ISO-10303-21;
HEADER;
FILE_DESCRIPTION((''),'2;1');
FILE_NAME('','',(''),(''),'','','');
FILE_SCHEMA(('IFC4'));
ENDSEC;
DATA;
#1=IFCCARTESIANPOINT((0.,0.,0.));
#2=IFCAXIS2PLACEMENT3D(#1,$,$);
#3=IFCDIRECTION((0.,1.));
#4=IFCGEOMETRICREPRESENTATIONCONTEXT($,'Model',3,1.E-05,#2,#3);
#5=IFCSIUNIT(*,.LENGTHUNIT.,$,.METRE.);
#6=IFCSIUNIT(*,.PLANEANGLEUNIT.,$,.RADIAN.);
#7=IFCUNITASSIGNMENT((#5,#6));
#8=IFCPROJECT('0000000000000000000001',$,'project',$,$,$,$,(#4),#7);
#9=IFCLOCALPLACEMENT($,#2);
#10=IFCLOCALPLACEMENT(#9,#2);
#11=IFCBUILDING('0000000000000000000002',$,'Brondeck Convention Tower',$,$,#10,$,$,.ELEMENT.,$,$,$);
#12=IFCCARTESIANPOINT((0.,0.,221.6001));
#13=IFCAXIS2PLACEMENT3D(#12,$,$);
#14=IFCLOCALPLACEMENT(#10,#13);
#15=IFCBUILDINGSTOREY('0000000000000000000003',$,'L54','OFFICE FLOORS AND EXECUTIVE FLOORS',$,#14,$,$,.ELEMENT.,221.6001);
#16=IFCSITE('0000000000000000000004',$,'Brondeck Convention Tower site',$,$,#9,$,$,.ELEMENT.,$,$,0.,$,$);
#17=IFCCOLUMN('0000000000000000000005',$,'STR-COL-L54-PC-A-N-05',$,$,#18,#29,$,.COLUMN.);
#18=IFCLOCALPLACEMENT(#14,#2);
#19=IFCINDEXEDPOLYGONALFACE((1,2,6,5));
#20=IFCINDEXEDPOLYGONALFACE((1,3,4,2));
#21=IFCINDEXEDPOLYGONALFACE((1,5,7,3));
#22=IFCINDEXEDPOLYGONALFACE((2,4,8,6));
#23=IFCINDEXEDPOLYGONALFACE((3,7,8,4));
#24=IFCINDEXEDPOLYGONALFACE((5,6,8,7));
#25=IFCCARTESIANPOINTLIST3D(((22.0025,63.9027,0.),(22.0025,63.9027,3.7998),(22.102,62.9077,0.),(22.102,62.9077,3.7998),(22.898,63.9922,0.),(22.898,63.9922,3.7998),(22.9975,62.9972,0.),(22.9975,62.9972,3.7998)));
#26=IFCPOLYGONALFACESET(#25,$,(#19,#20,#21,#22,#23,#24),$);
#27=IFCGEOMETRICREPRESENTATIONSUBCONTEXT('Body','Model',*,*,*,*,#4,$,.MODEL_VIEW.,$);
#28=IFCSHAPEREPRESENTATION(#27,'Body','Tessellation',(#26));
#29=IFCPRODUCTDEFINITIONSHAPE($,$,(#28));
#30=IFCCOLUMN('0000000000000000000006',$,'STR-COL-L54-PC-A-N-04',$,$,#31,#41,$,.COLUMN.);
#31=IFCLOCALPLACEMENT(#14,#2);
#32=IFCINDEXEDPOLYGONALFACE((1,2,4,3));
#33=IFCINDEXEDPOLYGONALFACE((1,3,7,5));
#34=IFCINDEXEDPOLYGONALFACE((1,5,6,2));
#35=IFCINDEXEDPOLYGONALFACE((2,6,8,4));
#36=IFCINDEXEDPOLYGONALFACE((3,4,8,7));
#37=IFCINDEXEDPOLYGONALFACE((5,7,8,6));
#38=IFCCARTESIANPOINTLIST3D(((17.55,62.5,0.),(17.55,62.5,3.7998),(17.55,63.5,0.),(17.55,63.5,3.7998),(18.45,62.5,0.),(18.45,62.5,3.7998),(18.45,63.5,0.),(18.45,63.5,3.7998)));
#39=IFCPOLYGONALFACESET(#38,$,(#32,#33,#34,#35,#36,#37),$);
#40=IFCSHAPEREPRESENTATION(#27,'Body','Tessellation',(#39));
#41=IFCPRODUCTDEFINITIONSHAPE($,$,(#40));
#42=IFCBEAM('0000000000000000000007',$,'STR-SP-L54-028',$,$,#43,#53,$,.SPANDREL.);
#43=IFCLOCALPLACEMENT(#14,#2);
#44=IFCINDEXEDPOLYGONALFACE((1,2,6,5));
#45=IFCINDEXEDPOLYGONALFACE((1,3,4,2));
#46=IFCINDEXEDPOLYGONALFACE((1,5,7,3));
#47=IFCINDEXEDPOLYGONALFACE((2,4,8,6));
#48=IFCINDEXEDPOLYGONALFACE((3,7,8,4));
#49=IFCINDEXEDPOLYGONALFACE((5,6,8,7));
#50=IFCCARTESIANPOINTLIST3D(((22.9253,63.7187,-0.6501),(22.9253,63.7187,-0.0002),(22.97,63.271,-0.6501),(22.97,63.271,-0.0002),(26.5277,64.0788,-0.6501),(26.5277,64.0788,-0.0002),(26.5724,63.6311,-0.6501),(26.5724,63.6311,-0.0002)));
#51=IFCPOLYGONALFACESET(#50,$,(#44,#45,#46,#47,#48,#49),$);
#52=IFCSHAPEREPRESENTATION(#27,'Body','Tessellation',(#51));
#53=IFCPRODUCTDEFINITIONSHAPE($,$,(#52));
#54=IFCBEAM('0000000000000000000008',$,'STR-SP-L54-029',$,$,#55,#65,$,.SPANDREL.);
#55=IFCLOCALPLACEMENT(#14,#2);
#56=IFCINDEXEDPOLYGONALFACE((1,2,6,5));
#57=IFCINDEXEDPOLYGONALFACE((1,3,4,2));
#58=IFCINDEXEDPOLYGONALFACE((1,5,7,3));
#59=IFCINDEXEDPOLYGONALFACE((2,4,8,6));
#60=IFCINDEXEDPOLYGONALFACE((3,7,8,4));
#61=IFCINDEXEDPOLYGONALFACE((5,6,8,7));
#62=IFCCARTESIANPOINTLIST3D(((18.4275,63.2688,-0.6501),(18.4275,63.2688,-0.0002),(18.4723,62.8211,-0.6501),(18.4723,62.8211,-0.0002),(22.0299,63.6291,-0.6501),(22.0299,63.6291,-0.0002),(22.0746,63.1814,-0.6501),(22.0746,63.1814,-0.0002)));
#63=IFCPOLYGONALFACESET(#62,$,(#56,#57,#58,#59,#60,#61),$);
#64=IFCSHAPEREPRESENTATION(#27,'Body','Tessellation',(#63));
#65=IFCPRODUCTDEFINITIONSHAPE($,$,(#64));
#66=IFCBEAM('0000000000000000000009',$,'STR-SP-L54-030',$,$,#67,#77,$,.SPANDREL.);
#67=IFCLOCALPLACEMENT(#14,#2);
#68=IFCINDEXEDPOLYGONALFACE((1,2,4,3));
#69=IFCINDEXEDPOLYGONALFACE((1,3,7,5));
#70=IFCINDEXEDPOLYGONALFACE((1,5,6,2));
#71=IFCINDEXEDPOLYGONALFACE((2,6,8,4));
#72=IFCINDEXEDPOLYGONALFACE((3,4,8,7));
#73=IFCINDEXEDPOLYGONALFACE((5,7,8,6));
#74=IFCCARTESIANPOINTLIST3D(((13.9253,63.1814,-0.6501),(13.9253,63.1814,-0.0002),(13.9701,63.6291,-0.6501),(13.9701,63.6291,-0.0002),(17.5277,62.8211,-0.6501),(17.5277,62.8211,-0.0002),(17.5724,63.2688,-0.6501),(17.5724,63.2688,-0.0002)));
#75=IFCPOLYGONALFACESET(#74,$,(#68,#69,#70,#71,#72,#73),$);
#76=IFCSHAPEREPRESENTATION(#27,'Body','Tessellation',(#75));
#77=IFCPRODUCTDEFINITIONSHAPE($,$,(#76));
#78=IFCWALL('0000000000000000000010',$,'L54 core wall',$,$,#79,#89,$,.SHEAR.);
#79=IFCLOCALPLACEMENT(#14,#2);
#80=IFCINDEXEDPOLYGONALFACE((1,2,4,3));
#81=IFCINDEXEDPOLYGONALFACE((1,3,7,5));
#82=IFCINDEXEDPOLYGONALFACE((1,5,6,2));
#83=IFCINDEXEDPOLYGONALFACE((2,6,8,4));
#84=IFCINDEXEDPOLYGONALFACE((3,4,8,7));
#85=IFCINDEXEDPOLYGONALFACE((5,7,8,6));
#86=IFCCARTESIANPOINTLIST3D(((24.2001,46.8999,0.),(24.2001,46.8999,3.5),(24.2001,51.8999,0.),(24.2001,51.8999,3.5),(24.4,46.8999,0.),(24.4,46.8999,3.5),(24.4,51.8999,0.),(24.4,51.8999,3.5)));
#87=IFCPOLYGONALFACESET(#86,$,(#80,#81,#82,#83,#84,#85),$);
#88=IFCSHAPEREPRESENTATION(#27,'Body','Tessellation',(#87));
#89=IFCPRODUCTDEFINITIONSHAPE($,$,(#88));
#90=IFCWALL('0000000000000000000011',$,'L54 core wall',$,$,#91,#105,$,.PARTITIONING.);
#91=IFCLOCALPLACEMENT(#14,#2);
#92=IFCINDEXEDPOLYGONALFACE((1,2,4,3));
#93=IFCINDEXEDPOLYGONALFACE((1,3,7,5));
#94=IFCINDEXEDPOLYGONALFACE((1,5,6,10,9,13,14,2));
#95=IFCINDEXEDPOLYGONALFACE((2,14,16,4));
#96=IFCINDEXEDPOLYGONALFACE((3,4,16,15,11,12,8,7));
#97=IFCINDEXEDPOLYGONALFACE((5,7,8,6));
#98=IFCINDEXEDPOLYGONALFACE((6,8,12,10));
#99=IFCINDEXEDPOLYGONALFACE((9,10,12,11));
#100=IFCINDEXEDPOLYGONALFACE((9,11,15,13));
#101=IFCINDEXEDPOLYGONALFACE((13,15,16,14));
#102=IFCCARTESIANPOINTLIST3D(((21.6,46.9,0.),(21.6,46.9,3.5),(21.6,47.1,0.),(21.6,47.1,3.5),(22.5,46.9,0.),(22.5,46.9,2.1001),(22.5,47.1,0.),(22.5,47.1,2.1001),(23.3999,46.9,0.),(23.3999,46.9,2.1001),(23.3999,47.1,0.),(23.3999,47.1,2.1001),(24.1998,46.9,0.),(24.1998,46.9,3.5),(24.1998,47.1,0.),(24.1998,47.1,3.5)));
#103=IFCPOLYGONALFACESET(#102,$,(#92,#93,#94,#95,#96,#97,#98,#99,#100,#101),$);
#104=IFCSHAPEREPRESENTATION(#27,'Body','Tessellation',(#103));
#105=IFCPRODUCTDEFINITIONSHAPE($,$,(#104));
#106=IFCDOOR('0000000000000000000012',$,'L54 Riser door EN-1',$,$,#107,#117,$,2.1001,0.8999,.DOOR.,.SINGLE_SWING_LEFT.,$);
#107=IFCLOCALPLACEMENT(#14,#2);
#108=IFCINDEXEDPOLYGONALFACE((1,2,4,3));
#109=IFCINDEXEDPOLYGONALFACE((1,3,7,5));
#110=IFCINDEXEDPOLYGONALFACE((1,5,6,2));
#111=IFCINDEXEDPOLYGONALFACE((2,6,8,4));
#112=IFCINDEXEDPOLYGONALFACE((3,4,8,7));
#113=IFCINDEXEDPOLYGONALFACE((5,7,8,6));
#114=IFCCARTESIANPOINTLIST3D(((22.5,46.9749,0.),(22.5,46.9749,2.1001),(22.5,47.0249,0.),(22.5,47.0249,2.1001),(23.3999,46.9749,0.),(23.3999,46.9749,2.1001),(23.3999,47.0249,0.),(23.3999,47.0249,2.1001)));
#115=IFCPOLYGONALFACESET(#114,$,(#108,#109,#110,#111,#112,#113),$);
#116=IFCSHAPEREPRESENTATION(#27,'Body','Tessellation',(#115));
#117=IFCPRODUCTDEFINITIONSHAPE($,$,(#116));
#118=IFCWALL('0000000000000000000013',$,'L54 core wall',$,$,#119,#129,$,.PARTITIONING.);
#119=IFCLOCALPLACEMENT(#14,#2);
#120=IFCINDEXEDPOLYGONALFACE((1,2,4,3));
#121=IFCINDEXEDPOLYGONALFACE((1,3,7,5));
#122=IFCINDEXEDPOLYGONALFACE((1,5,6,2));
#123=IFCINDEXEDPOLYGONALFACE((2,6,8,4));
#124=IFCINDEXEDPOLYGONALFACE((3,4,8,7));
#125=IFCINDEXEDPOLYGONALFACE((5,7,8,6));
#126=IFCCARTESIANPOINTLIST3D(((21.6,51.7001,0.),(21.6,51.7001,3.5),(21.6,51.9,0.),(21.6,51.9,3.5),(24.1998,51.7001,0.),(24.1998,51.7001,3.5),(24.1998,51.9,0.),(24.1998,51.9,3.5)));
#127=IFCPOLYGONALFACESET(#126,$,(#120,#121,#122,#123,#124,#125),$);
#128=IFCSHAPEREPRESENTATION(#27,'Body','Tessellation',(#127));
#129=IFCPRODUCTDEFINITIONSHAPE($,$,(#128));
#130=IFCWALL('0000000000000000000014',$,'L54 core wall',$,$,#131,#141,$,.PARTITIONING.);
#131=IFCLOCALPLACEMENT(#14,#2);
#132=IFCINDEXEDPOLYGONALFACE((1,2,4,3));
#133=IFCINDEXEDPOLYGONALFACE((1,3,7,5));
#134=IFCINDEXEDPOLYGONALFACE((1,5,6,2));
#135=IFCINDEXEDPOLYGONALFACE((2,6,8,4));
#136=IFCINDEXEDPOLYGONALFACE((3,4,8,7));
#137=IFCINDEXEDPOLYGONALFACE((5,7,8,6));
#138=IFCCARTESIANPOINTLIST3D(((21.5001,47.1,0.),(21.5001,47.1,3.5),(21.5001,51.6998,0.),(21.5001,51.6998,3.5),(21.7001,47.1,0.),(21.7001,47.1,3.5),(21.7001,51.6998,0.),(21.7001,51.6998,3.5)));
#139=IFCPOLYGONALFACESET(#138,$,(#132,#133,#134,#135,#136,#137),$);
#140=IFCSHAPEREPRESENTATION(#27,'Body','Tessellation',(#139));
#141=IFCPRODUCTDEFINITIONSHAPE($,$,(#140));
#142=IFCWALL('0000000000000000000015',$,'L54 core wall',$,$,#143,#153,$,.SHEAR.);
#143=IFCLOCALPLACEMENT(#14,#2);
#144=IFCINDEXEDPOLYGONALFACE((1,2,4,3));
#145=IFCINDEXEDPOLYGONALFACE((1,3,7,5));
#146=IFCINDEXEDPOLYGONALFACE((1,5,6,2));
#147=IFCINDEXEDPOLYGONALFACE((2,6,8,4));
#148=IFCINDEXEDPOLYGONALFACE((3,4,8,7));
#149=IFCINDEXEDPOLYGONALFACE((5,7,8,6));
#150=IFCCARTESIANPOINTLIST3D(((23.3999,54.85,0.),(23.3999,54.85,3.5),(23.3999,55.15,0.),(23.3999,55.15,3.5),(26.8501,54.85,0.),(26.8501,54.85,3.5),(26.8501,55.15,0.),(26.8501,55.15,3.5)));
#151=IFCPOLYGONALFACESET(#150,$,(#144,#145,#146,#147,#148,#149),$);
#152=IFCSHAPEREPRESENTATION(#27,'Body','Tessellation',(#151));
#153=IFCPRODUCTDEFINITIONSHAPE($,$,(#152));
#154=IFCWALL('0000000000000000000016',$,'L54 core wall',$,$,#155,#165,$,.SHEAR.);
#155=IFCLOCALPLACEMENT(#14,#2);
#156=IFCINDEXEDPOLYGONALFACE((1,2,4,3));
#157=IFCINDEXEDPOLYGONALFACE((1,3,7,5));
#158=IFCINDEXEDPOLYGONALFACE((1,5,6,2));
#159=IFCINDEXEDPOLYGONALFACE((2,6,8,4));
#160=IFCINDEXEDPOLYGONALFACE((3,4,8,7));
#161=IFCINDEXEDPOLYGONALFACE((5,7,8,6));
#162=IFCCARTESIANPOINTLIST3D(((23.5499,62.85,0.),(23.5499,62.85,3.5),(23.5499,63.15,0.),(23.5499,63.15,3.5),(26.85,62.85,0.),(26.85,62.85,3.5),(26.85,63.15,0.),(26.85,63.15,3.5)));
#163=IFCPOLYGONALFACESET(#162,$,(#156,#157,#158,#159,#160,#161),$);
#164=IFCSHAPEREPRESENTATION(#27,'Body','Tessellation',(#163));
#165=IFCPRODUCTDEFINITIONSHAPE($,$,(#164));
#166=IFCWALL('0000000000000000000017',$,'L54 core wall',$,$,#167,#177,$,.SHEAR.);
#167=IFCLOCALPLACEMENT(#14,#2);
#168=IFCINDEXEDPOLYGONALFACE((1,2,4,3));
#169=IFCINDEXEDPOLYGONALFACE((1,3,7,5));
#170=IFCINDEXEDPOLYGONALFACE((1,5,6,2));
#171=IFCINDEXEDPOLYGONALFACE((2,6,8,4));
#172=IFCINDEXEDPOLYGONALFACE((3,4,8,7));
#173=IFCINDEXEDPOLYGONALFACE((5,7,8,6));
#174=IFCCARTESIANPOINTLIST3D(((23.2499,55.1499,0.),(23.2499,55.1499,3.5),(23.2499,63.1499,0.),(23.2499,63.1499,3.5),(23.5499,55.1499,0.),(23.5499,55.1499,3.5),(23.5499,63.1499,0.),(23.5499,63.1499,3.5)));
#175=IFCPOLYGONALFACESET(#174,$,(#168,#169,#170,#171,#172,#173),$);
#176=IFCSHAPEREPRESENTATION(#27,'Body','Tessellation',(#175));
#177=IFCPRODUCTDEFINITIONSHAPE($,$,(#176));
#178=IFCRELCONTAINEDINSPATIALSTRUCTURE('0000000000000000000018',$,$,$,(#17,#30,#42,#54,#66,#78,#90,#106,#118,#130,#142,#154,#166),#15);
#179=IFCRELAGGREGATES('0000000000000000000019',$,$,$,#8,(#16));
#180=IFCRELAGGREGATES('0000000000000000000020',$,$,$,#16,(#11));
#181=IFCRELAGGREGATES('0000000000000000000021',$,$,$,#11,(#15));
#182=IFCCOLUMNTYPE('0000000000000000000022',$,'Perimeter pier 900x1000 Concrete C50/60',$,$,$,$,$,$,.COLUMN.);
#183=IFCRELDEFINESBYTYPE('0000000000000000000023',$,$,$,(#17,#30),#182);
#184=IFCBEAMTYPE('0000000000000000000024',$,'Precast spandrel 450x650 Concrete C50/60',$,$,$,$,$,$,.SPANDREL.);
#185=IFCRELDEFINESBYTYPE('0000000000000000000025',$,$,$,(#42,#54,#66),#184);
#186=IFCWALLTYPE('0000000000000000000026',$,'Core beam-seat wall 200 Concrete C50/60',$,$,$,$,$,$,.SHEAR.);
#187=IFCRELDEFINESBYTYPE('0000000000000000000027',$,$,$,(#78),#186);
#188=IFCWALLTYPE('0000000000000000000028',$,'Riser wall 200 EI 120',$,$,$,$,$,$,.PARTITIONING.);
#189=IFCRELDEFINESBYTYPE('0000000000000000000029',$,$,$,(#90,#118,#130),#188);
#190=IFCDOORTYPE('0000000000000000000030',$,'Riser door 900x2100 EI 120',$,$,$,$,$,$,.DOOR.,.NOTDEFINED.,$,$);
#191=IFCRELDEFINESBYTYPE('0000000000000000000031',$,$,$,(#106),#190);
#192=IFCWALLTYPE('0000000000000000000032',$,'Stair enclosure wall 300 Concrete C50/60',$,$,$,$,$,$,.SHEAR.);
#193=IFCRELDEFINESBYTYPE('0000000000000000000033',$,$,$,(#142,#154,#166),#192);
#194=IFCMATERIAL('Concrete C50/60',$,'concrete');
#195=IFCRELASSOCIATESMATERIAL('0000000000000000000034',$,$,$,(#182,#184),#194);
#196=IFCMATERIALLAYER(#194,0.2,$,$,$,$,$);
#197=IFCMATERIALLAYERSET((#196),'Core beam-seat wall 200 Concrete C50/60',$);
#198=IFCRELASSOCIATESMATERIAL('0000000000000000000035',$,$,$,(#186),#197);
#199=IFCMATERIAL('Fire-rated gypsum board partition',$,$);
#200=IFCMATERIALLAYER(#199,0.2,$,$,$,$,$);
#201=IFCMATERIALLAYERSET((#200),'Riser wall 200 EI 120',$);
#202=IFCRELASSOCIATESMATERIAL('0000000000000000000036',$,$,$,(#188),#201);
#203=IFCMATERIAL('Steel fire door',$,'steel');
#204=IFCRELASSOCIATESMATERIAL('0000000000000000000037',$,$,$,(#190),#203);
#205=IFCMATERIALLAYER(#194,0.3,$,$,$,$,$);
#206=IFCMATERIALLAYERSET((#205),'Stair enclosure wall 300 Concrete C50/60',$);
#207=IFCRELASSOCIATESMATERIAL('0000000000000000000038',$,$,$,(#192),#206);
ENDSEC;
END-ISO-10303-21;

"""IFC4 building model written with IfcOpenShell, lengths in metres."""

from ifc_helpers import new_model, si_unit, direction, frame, frame_2d, origin, origin_2d, place, context, subcontext, project, spatial, rectangle, extrude, material, layer, layer_set, material_profile, profile_set, type_object, element, fill, save


model = new_model("IFC4")

# Units and contexts
model_context = context("Model", 3, precision=1e-05, world=origin(), true_north=direction((0.0, 1.0)))
body_context = subcontext(model_context, "Body", "Model", "MODEL_VIEW")
ifc_project = project(units=[si_unit("LENGTHUNIT", "METRE"), si_unit("PLANEANGLEUNIT", "RADIAN")], contexts=[model_context])

# Site, building, storey
site_placement = place(None, origin())
site = spatial("IfcSite", under=ifc_project, at=site_placement, Name="Brondeck Convention Tower site", CompositionType="ELEMENT", RefElevation=0.0)
building_placement = place(site_placement, origin())
building = spatial("IfcBuilding", under=site, at=building_placement, Name="Brondeck Convention Tower", CompositionType="ELEMENT")
storey_placement = place(building_placement, frame((0.0, 0.0, 221.6001)))
storey = spatial("IfcBuildingStorey", under=building, at=storey_placement, Name="L54", Description="OFFICE FLOORS AND EXECUTIVE FLOORS", CompositionType="ELEMENT", Elevation=221.6001)

# Columns
ifc_material_1 = material(Name="Concrete C50/60", Category="concrete")
ifc_material_profile_1 = material_profile(ifc_material_1, rectangle(XDim=0.8999, YDim=1.0, at=origin_2d()), Name="Perimeter pier 900x1000 Concrete C50/60")
ifc_profile_set_1 = profile_set([ifc_material_profile_1], Name="Concrete C50/60")
column_type = type_object("IfcColumnType", Name="Perimeter pier 900x1000 Concrete C50/60", PredefinedType="COLUMN", material=ifc_profile_set_1)
for number, where, z_axis, x_axis, name in (
    (1, (22.5, 63.45, 0.0), (0.0, 0.0, 1.0), (-0.995037, -0.099504, 0.0), "STR-COL-L54-PC-A-N-05"),
    (2, (18.0, 63.0, 0.0), (0.0, 0.0, 1.0), (-1.0, 0.0, 0.0), "STR-COL-L54-PC-A-N-04"),
):
    element("IfcColumn", number, at=place(storey_placement, frame(where, z_axis=z_axis, x_axis=x_axis)), inside=storey, type_object=column_type, Name=name, PredefinedType="COLUMN", context=body_context, shape_type="SweptSolid", body=[
        extrude(rectangle(XDim=0.8999, YDim=1.0, at=origin_2d()), origin(), (0.0, 0.0, 1.0), 3.7998),
    ])

# Beams
ifc_material_profile_2 = material_profile(ifc_material_1, rectangle(XDim=0.45, YDim=0.6499, at=origin_2d()), Name="Precast spandrel 450x650 Concrete C50/60")
ifc_profile_set_2 = profile_set([ifc_material_profile_2], Name="Concrete C50/60")
beam_type = type_object("IfcBeamType", Name="Precast spandrel 450x650 Concrete C50/60", PredefinedType="SPANDREL", material=ifc_profile_set_2)
for number, where, z_axis, x_axis, name in (
    (3, (26.55, 63.855, -0.3252), (-0.995041, -0.09947, 0.0), (0.09947, -0.995041, 0.0), "STR-SP-L54-028"),
    (4, (22.0522, 63.4053, -0.3252), (-0.995034, -0.099537, 0.0), (0.099537, -0.995034, 0.0), "STR-SP-L54-029"),
    (5, (17.55, 63.0449, -0.3252), (-0.995034, 0.099537, 0.0), (-0.099537, -0.995034, 0.0), "STR-SP-L54-030"),
):
    element("IfcBeam", number, at=place(storey_placement, frame(where, z_axis=z_axis, x_axis=x_axis)), inside=storey, type_object=beam_type, Name=name, PredefinedType="SPANDREL", context=body_context, shape_type="SweptSolid", body=[
        extrude(rectangle(XDim=0.45, YDim=0.6499, at=origin_2d()), origin(), (0.0, 0.0, 1.0), 3.6204),
    ])

# Wall
ifc_layer_1 = layer(ifc_material_1, 0.2)
ifc_layer_set_1 = layer_set([ifc_layer_1], Name="Core beam-seat wall 200 Concrete C50/60")
wall_type_1 = type_object("IfcWallType", Name="Core beam-seat wall 200 Concrete C50/60", PredefinedType="SHEAR", material=ifc_layer_set_1)
wall_1_placement = place(storey_placement, frame((24.3, 46.8999, 0.0), z_axis=(0.0, 0.0, 1.0), x_axis=(0.0, 1.0, 0.0)))
element("IfcWall", 6, at=wall_1_placement, inside=storey, type_object=wall_type_1, Name="L54 core wall", PredefinedType="SHEAR", context=body_context, shape_type="SweptSolid", body=[
    extrude(rectangle(XDim=5.0, YDim=0.2, at=frame_2d((2.5, 0.0))), origin(), (0.0, 0.0, 1.0), 3.5),
])

# Wall, opening, door
ifc_material_2 = material(Name="Fire-rated gypsum board partition")
ifc_layer_2 = layer(ifc_material_2, 0.2)
ifc_layer_set_2 = layer_set([ifc_layer_2], Name="Riser wall 200 EI 120")
wall_type_2 = type_object("IfcWallType", Name="Riser wall 200 EI 120", PredefinedType="PARTITIONING", material=ifc_layer_set_2)
wall_2_placement = place(storey_placement, frame((21.6001, 47.0, 0.0), z_axis=(0.0, 0.0, 1.0), x_axis=(1.0, 0.0, 0.0)))
wall_2 = element("IfcWall", 7, at=wall_2_placement, inside=storey, type_object=wall_type_2, Name="L54 core wall", PredefinedType="PARTITIONING", context=body_context, shape_type="SweptSolid", body=[
    extrude(rectangle(XDim=2.5999, YDim=0.2, at=frame_2d((1.2998, 0.0))), origin(), (0.0, 0.0, 1.0), 3.5),
])
opening_1_placement = place(wall_2_placement, frame((0.8999, 0.0, 0.0)))
opening_1 = element("IfcOpeningElement", 8, at=opening_1_placement, cuts=wall_2, PredefinedType="OPENING", context=body_context, shape_type="SweptSolid", body=[
    extrude(rectangle(XDim=0.8999, YDim=2.1001, at=frame_2d((0.45, 1.05))), frame((0.0, 0.1099, 0.0), z_axis=(0.0, -1.0, 0.0), x_axis=(1.0, 0.0, 0.0)), (0.0, 0.0, 1.0), 0.22),
])
ifc_material_3 = material(Name="Steel fire door", Category="steel")
door_type_1 = type_object("IfcDoorType", Name="Riser door 900x2100 EI 120", OperationType="NOTDEFINED", PredefinedType="DOOR", material=ifc_material_3)
door_1_placement = place(opening_1_placement, origin())
door_1 = element("IfcDoor", 9, at=door_1_placement, inside=storey, type_object=door_type_1, Name="L54 Riser door EN-1", OperationType="SINGLE_SWING_LEFT", OverallHeight=2.1001, OverallWidth=0.8999, PredefinedType="DOOR", context=body_context, shape_type="SweptSolid", body=[
    extrude(rectangle(XDim=0.8999, YDim=2.1001, at=frame_2d((0.45, 1.05))), frame((0.0, 0.0249, 0.0), z_axis=(0.0, -1.0, 0.0), x_axis=(1.0, 0.0, 0.0)), (0.0, 0.0, 1.0), 0.05),
])
fill(opening_1, door_1)

# Walls
wall_3_placement = place(storey_placement, frame((21.6001, 51.8, 0.0), z_axis=(0.0, 0.0, 1.0), x_axis=(1.0, 0.0, 0.0)))
element("IfcWall", 10, at=wall_3_placement, inside=storey, type_object=wall_type_2, Name="L54 core wall", PredefinedType="PARTITIONING", context=body_context, shape_type="SweptSolid", body=[
    extrude(rectangle(XDim=2.5999, YDim=0.2, at=frame_2d((1.2998, 0.0))), origin(), (0.0, 0.0, 1.0), 3.5),
])
wall_4_placement = place(storey_placement, frame((21.6001, 47.1001, 0.0), z_axis=(0.0, 0.0, 1.0), x_axis=(0.0, 1.0, 0.0)))
element("IfcWall", 11, at=wall_4_placement, inside=storey, type_object=wall_type_2, Name="L54 core wall", PredefinedType="PARTITIONING", context=body_context, shape_type="SweptSolid", body=[
    extrude(rectangle(XDim=4.5999, YDim=0.2, at=frame_2d((2.2998, 0.0))), origin(), (0.0, 0.0, 1.0), 3.5),
])
ifc_layer_3 = layer(ifc_material_1, 0.3)
ifc_layer_set_3 = layer_set([ifc_layer_3], Name="Stair enclosure wall 300 Concrete C50/60")
wall_type_3 = type_object("IfcWallType", Name="Stair enclosure wall 300 Concrete C50/60", PredefinedType="SHEAR", material=ifc_layer_set_3)
wall_5_placement = place(storey_placement, frame((23.3999, 55.0, 0.0), z_axis=(0.0, 0.0, 1.0), x_axis=(1.0, 0.0, 0.0)))
element("IfcWall", 12, at=wall_5_placement, inside=storey, type_object=wall_type_3, Name="L54 core wall", PredefinedType="SHEAR", context=body_context, shape_type="SweptSolid", body=[
    extrude(rectangle(XDim=3.4502, YDim=0.3, at=frame_2d((1.7251, 0.0))), origin(), (0.0, 0.0, 1.0), 3.5),
])
wall_6_placement = place(storey_placement, frame((23.55, 63.0, 0.0), z_axis=(0.0, 0.0, 1.0), x_axis=(1.0, 0.0, 0.0)))
element("IfcWall", 13, at=wall_6_placement, inside=storey, type_object=wall_type_3, Name="L54 core wall", PredefinedType="SHEAR", context=body_context, shape_type="SweptSolid", body=[
    extrude(rectangle(XDim=3.3, YDim=0.3, at=frame_2d((1.6499, 0.0))), origin(), (0.0, 0.0, 1.0), 3.5),
])
wall_7_placement = place(storey_placement, frame((23.3999, 55.1499, 0.0), z_axis=(0.0, 0.0, 1.0), x_axis=(0.0, 1.0, 0.0)))
element("IfcWall", 14, at=wall_7_placement, inside=storey, type_object=wall_type_3, Name="L54 core wall", PredefinedType="SHEAR", context=body_context, shape_type="SweptSolid", body=[
    extrude(rectangle(XDim=8.0, YDim=0.3, at=frame_2d((4.0, 0.0))), origin(), (0.0, 0.0, 1.0), 3.5),
])

save(model, "model.ifc")
